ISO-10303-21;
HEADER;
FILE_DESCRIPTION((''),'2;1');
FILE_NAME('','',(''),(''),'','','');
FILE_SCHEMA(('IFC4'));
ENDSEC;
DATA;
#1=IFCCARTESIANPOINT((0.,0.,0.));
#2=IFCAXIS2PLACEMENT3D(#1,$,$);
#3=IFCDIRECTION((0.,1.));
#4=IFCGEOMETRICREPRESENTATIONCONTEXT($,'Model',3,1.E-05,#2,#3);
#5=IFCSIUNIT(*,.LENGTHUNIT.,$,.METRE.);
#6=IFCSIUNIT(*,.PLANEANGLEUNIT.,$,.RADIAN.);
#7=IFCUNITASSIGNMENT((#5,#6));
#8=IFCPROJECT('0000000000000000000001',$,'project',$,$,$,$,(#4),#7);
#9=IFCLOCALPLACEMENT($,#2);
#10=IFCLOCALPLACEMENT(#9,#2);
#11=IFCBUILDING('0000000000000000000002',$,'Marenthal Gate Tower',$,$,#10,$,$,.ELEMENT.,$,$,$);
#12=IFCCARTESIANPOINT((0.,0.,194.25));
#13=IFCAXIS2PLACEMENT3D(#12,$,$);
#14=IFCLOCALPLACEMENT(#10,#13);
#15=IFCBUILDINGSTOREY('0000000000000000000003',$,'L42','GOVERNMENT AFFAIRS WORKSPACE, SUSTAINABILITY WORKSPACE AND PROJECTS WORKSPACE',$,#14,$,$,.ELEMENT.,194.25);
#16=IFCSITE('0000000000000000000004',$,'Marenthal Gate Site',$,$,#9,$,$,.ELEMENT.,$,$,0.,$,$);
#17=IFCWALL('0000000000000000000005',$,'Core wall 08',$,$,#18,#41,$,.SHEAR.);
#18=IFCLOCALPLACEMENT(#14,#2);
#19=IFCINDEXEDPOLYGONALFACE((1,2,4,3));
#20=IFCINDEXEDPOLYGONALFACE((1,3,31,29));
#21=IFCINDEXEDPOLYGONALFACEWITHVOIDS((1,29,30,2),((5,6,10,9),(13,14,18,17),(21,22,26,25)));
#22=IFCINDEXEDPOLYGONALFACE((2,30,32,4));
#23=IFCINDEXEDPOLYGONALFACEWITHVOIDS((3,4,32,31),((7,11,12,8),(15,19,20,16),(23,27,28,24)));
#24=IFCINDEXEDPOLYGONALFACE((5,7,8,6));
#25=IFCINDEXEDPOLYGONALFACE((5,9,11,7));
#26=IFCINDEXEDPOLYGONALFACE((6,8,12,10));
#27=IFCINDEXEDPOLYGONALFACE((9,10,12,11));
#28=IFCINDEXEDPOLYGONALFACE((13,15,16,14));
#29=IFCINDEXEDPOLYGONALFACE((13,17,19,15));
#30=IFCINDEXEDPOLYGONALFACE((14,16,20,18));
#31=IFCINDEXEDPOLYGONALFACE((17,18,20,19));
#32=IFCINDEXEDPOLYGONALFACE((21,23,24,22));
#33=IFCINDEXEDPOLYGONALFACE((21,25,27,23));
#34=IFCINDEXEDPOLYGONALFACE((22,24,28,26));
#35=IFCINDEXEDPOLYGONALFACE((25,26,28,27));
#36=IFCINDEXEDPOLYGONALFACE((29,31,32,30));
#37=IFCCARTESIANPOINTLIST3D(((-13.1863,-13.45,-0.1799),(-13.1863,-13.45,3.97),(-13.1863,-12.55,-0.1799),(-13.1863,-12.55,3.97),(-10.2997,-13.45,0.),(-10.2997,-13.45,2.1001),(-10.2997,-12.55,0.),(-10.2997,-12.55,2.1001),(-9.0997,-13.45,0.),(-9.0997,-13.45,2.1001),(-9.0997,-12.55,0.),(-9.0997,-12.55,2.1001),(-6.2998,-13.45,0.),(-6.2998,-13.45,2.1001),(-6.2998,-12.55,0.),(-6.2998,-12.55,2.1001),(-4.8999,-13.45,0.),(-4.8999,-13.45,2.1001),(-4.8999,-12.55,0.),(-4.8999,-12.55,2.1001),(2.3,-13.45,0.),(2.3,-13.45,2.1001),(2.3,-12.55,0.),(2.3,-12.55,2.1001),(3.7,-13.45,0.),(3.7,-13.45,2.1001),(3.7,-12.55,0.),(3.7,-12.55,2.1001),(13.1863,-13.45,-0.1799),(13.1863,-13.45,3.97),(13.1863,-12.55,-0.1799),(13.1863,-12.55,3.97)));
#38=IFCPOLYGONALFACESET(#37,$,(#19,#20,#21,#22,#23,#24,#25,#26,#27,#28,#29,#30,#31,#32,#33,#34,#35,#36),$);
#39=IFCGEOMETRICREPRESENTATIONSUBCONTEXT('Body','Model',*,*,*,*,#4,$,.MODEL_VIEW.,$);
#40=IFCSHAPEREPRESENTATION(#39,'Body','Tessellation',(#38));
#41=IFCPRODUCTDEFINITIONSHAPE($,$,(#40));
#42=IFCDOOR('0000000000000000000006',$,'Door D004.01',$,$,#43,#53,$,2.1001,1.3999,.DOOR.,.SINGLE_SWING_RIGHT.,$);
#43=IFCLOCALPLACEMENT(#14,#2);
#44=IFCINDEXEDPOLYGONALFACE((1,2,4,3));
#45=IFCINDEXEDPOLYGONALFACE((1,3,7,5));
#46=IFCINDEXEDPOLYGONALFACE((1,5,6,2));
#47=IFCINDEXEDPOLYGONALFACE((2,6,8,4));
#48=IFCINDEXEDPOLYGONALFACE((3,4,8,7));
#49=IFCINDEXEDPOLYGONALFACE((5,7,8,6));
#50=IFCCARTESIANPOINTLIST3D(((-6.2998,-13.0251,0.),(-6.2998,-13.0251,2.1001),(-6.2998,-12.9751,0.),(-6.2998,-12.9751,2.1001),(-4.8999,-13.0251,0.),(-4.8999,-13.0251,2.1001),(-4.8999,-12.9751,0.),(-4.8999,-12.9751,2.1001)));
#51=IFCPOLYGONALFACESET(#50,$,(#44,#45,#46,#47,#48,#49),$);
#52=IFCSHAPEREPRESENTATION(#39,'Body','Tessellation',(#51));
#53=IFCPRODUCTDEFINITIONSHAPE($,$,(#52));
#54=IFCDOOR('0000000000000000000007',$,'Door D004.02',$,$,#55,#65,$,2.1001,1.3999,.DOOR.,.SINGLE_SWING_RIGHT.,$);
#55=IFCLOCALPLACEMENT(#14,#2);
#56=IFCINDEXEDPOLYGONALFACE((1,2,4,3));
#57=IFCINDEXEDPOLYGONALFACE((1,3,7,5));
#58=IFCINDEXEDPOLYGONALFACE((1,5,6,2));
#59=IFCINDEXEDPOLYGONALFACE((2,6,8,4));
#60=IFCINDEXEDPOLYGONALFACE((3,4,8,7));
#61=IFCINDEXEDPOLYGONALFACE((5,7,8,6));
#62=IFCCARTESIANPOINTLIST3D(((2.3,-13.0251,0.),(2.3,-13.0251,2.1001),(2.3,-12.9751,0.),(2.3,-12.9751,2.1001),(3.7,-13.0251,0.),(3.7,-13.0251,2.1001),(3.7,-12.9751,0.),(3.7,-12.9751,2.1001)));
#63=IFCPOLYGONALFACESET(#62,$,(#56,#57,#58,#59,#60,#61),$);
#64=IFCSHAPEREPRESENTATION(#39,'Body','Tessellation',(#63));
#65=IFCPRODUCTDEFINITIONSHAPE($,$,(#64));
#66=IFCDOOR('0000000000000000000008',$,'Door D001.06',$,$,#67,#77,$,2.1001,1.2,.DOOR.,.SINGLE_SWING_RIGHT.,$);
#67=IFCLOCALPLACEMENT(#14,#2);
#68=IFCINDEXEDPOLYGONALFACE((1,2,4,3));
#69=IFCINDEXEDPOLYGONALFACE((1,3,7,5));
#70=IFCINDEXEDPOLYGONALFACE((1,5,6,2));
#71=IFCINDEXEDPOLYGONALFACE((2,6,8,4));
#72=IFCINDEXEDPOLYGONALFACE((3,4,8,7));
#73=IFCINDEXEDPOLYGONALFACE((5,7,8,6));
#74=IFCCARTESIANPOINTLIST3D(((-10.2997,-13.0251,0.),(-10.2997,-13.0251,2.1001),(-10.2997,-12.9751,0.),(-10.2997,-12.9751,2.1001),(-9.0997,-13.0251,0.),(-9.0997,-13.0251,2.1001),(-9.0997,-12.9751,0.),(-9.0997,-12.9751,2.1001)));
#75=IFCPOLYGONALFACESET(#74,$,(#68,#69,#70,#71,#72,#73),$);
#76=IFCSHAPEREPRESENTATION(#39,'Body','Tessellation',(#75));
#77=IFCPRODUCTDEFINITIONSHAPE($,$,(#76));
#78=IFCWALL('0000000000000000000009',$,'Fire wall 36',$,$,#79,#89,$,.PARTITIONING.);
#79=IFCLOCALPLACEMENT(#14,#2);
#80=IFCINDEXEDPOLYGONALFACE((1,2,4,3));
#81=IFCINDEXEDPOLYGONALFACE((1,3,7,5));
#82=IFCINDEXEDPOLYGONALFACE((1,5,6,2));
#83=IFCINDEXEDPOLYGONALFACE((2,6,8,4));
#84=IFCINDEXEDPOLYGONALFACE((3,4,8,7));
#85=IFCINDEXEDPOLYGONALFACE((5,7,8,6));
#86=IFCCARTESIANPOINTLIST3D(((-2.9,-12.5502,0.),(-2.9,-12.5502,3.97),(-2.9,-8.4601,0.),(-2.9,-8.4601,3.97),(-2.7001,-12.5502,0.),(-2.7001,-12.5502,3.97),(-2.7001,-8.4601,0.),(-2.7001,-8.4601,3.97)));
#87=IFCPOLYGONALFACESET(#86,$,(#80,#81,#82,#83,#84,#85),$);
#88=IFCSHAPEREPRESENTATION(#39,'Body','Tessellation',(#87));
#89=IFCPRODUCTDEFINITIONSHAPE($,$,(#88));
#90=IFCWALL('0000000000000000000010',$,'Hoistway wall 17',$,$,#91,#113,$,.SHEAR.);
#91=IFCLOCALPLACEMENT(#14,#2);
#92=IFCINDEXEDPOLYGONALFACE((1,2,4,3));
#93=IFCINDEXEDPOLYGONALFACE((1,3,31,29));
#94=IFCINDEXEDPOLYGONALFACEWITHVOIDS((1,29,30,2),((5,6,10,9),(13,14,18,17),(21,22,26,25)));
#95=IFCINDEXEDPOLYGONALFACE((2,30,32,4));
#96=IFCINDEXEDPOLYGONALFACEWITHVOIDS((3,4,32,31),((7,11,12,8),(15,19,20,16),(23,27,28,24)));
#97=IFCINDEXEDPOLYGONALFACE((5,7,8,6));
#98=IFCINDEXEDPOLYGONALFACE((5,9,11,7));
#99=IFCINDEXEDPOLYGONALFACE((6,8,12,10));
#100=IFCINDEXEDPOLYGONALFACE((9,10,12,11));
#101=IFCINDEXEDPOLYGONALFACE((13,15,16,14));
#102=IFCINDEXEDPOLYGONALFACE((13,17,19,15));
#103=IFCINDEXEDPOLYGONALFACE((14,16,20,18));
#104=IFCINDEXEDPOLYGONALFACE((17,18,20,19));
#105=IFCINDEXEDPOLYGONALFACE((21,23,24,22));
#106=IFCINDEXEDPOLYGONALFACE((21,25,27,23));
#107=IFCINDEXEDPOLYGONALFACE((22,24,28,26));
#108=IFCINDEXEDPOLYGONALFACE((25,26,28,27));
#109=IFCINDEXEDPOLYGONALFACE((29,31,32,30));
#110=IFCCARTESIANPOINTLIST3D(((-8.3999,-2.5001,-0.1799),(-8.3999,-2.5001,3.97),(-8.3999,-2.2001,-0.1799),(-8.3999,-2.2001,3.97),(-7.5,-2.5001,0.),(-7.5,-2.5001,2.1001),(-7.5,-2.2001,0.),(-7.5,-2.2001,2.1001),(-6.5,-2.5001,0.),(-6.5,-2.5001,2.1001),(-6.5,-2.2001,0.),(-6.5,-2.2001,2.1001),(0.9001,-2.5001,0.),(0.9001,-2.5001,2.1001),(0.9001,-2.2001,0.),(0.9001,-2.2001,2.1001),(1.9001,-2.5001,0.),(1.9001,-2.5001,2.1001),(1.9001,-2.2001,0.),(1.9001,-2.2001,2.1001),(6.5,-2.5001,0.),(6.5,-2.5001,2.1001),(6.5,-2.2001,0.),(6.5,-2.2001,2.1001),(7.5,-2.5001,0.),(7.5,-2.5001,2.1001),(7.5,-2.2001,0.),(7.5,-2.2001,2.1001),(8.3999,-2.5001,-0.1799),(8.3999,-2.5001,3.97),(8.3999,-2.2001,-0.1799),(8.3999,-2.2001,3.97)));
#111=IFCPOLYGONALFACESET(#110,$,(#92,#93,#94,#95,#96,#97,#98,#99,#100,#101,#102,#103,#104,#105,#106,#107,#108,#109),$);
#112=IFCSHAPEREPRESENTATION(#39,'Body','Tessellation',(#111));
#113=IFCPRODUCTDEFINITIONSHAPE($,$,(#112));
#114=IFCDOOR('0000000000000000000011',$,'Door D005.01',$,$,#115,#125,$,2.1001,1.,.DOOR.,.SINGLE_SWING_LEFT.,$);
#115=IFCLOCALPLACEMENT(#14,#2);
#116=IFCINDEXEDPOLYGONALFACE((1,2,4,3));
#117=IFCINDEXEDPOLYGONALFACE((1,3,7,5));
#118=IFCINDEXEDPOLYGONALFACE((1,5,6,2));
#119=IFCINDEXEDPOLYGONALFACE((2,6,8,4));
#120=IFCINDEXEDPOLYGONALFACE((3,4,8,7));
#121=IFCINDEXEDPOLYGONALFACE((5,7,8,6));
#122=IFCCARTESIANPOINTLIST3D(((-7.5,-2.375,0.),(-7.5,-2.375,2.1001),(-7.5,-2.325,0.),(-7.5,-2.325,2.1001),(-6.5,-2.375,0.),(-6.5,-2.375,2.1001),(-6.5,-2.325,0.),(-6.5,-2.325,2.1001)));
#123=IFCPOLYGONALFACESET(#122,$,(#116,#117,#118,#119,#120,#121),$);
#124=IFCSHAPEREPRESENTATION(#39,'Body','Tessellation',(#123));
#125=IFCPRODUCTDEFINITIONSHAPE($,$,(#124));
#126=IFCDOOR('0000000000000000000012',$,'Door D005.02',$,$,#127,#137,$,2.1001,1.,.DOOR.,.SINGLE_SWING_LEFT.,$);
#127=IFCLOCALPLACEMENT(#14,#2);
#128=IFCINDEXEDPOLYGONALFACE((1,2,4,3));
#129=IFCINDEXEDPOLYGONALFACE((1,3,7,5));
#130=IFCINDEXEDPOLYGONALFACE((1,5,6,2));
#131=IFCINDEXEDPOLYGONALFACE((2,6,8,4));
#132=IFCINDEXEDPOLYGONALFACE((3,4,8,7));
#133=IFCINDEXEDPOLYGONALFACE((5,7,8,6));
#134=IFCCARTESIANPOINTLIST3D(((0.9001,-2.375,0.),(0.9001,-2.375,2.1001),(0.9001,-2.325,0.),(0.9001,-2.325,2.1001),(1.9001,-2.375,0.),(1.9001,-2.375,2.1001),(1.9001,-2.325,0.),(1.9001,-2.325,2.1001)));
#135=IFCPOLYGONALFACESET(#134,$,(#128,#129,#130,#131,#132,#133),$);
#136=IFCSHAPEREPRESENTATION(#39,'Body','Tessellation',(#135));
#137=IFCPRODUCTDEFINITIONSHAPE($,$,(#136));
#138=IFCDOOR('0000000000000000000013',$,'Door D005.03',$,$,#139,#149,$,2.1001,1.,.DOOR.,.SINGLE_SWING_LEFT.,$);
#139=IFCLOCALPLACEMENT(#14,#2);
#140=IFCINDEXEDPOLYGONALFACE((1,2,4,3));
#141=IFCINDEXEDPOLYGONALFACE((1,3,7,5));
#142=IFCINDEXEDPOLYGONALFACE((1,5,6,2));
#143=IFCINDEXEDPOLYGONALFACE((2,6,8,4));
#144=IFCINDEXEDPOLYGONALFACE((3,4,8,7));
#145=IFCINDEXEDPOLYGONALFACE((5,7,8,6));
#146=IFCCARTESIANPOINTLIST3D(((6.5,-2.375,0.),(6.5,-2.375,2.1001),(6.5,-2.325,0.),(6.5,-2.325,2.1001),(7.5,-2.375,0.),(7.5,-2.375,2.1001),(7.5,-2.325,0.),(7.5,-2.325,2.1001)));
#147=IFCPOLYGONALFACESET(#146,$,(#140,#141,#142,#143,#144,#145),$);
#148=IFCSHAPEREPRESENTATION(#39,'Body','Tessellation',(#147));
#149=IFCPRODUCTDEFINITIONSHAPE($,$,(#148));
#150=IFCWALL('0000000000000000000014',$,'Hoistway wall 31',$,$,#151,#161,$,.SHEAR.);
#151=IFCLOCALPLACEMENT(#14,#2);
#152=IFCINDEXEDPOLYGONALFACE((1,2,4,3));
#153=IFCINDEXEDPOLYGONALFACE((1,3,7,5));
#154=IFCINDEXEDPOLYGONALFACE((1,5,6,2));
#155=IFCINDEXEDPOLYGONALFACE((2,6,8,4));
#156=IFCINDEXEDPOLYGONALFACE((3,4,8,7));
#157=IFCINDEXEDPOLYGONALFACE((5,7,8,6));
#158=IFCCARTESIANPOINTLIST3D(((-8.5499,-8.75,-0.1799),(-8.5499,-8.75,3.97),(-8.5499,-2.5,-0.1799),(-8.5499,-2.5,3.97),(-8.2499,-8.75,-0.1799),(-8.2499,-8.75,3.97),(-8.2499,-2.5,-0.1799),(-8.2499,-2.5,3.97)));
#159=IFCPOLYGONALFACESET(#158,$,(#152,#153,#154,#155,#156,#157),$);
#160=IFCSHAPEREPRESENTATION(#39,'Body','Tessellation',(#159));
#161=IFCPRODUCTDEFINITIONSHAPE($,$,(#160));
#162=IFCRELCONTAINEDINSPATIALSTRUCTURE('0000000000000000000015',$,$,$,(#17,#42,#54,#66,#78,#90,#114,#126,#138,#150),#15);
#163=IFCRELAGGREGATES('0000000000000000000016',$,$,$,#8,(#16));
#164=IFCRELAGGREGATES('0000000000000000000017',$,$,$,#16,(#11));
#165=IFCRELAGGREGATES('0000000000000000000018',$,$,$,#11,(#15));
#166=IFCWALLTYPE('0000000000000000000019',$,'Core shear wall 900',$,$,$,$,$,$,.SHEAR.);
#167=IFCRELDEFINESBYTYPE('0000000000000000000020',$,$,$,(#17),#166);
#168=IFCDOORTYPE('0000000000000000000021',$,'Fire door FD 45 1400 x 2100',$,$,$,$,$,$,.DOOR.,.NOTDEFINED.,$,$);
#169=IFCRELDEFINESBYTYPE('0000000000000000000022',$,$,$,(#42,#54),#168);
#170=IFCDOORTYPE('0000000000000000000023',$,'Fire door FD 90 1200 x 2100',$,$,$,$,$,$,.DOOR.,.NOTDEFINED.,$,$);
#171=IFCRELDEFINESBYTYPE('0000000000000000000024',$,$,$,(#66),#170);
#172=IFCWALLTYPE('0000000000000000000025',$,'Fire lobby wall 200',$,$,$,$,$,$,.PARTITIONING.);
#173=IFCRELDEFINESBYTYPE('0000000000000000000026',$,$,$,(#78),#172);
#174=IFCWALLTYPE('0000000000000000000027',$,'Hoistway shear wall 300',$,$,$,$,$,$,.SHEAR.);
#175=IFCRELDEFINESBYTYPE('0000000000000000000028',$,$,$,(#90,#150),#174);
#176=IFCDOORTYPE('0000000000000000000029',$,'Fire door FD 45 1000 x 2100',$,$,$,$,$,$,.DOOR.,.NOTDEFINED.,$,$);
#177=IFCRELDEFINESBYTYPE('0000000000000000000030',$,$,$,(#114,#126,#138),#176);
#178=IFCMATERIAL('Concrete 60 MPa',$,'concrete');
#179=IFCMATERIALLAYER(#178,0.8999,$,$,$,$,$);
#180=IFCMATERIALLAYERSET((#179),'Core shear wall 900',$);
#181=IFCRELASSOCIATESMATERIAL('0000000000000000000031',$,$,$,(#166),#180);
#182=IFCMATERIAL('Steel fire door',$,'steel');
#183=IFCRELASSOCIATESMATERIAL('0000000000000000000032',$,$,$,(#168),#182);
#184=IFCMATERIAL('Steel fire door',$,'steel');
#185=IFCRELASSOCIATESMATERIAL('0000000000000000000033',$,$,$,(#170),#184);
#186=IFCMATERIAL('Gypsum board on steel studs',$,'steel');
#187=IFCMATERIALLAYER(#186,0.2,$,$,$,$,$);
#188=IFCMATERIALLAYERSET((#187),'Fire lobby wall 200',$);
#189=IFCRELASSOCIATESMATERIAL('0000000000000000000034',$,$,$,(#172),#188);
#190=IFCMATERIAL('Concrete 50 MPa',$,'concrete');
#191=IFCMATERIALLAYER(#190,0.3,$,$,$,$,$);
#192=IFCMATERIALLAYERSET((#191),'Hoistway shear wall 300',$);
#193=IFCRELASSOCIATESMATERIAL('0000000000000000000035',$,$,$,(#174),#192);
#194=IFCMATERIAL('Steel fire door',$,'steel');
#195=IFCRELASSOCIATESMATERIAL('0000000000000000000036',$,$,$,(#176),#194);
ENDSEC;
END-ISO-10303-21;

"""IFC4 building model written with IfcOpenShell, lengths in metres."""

from ifc_helpers import new_model, si_unit, direction, frame, frame_2d, origin, place, context, subcontext, project, spatial, rectangle, extrude, material, layer, layer_set, type_object, element, fill, save


model = new_model("IFC4")

# Units and contexts
model_context = context("Model", 3, precision=1e-05, world=origin(), true_north=direction((0.0, 1.0)))
body_context = subcontext(model_context, "Body", "Model", "MODEL_VIEW")
ifc_project = project(units=[si_unit("LENGTHUNIT", "METRE"), si_unit("PLANEANGLEUNIT", "RADIAN")], contexts=[model_context])

# Site, building, storey
site_placement = place(None, origin())
site = spatial("IfcSite", under=ifc_project, at=site_placement, Name="Marenthal Gate Site", CompositionType="ELEMENT", RefElevation=0.0)
building_placement = place(site_placement, origin())
building = spatial("IfcBuilding", under=site, at=building_placement, Name="Marenthal Gate Tower", CompositionType="ELEMENT")
storey_placement = place(building_placement, frame((0.0, 0.0, 194.25)))
storey = spatial("IfcBuildingStorey", under=building, at=storey_placement, Name="L42", Description="GOVERNMENT AFFAIRS WORKSPACE, SUSTAINABILITY WORKSPACE AND PROJECTS WORKSPACE", CompositionType="ELEMENT", Elevation=194.25)

# Wall, openings, doors
ifc_material_1 = material(Name="Concrete 60 MPa", Category="concrete")
ifc_layer_1 = layer(ifc_material_1, 0.8999)
ifc_layer_set_1 = layer_set([ifc_layer_1], Name="Core shear wall 900")
wall_type_1 = type_object("IfcWallType", Name="Core shear wall 900", PredefinedType="SHEAR", material=ifc_layer_set_1)
wall_1_placement = place(storey_placement, frame((-13.1863, -13.0, -0.1799), z_axis=(0.0, 0.0, 1.0), x_axis=(1.0, 0.0, 0.0)))
wall_1 = element("IfcWall", 1, at=wall_1_placement, inside=storey, type_object=wall_type_1, Name="Core wall 08", PredefinedType="SHEAR", context=body_context, shape_type="SweptSolid", body=[
    extrude(rectangle(XDim=26.3726, YDim=0.8999, at=frame_2d((13.1863, 0.0))), origin(), (0.0, 0.0, 1.0), 4.1499),
])
opening_1_placement = place(wall_1_placement, frame((2.8865, 0.0, 0.1799)))
opening_1 = element("IfcOpeningElement", 2, at=opening_1_placement, cuts=wall_1, PredefinedType="OPENING", context=body_context, shape_type="SweptSolid", body=[
    extrude(rectangle(XDim=1.2, YDim=2.1001, at=frame_2d((0.6001, 1.05))), frame((0.0, 0.46, 0.0), z_axis=(0.0, -1.0, 0.0), x_axis=(1.0, 0.0, 0.0)), (0.0, 0.0, 1.0), 0.9199),
])
opening_2_placement = place(wall_1_placement, frame((6.8865, 0.0, 0.1799)))
opening_2 = element("IfcOpeningElement", 3, at=opening_2_placement, cuts=wall_1, PredefinedType="OPENING", context=body_context, shape_type="SweptSolid", body=[
    extrude(rectangle(XDim=1.3999, YDim=2.1001, at=frame_2d((0.7, 1.05))), frame((0.0, 0.46, 0.0), z_axis=(0.0, -1.0, 0.0), x_axis=(1.0, 0.0, 0.0)), (0.0, 0.0, 1.0), 0.9199),
])
opening_3_placement = place(wall_1_placement, frame((15.4863, 0.0, 0.1799)))
opening_3 = element("IfcOpeningElement", 4, at=opening_3_placement, cuts=wall_1, PredefinedType="OPENING", context=body_context, shape_type="SweptSolid", body=[
    extrude(rectangle(XDim=1.3999, YDim=2.1001, at=frame_2d((0.7, 1.05))), frame((0.0, 0.46, 0.0), z_axis=(0.0, -1.0, 0.0), x_axis=(1.0, 0.0, 0.0)), (0.0, 0.0, 1.0), 0.9199),
])
ifc_material_2 = material(Name="Steel fire door", Category="steel")
door_type_1 = type_object("IfcDoorType", Name="Fire door FD 45 1400 x 2100", OperationType="NOTDEFINED", PredefinedType="DOOR", material=ifc_material_2)
door_1_placement = place(opening_2_placement, origin())
door_1 = element("IfcDoor", 5, at=door_1_placement, inside=storey, type_object=door_type_1, Name="Door D004.01", OperationType="SINGLE_SWING_RIGHT", OverallHeight=2.1001, OverallWidth=1.3999, PredefinedType="DOOR", context=body_context, shape_type="SweptSolid", body=[
    extrude(rectangle(XDim=1.3999, YDim=2.1001, at=frame_2d((0.7, 1.05))), frame((0.0, 0.0249, 0.0), z_axis=(0.0, -1.0, 0.0), x_axis=(1.0, 0.0, 0.0)), (0.0, 0.0, 1.0), 0.05),
])
fill(opening_2, door_1)
door_2_placement = place(opening_3_placement, origin())
door_2 = element("IfcDoor", 6, at=door_2_placement, inside=storey, type_object=door_type_1, Name="Door D004.02", OperationType="SINGLE_SWING_RIGHT", OverallHeight=2.1001, OverallWidth=1.3999, PredefinedType="DOOR", context=body_context, shape_type="SweptSolid", body=[
    extrude(rectangle(XDim=1.3999, YDim=2.1001, at=frame_2d((0.7, 1.05))), frame((0.0, 0.0249, 0.0), z_axis=(0.0, -1.0, 0.0), x_axis=(1.0, 0.0, 0.0)), (0.0, 0.0, 1.0), 0.05),
])
fill(opening_3, door_2)
ifc_material_3 = material(Name="Steel fire door", Category="steel")
door_type_2 = type_object("IfcDoorType", Name="Fire door FD 90 1200 x 2100", OperationType="NOTDEFINED", PredefinedType="DOOR", material=ifc_material_3)
door_3_placement = place(opening_1_placement, origin())
door_3 = element("IfcDoor", 7, at=door_3_placement, inside=storey, type_object=door_type_2, Name="Door D001.06", OperationType="SINGLE_SWING_RIGHT", OverallHeight=2.1001, OverallWidth=1.2, PredefinedType="DOOR", context=body_context, shape_type="SweptSolid", body=[
    extrude(rectangle(XDim=1.2, YDim=2.1001, at=frame_2d((0.6001, 1.05))), frame((0.0, 0.0249, 0.0), z_axis=(0.0, -1.0, 0.0), x_axis=(1.0, 0.0, 0.0)), (0.0, 0.0, 1.0), 0.05),
])
fill(opening_1, door_3)

# Wall
ifc_material_4 = material(Name="Gypsum board on steel studs", Category="steel")
ifc_layer_2 = layer(ifc_material_4, 0.2)
ifc_layer_set_2 = layer_set([ifc_layer_2], Name="Fire lobby wall 200")
wall_type_2 = type_object("IfcWallType", Name="Fire lobby wall 200", PredefinedType="PARTITIONING", material=ifc_layer_set_2)
wall_2_placement = place(storey_placement, frame((-2.8, -12.55, 0.0), z_axis=(0.0, 0.0, 1.0), x_axis=(0.0, 1.0, 0.0)))
element("IfcWall", 8, at=wall_2_placement, inside=storey, type_object=wall_type_2, Name="Fire wall 36", PredefinedType="PARTITIONING", context=body_context, shape_type="SweptSolid", body=[
    extrude(rectangle(XDim=4.0901, YDim=0.2, at=frame_2d((2.0449, 0.0))), origin(), (0.0, 0.0, 1.0), 3.97),
])

# Wall, openings, doors
ifc_material_5 = material(Name="Concrete 50 MPa", Category="concrete")
ifc_layer_3 = layer(ifc_material_5, 0.3)
ifc_layer_set_3 = layer_set([ifc_layer_3], Name="Hoistway shear wall 300")
wall_type_3 = type_object("IfcWallType", Name="Hoistway shear wall 300", PredefinedType="SHEAR", material=ifc_layer_set_3)
wall_3_placement = place(storey_placement, frame((-8.3999, -2.3501, -0.1799), z_axis=(0.0, 0.0, 1.0), x_axis=(1.0, 0.0, 0.0)))
wall_3 = element("IfcWall", 9, at=wall_3_placement, inside=storey, type_object=wall_type_3, Name="Hoistway wall 17", PredefinedType="SHEAR", context=body_context, shape_type="SweptSolid", body=[
    extrude(rectangle(XDim=16.7998, YDim=0.3, at=frame_2d((8.3999, 0.0))), origin(), (0.0, 0.0, 1.0), 4.1499),
])
opening_4_placement = place(wall_3_placement, frame((0.8999, 0.0, 0.1799)))
opening_4 = element("IfcOpeningElement", 10, at=opening_4_placement, cuts=wall_3, PredefinedType="OPENING", context=body_context, shape_type="SweptSolid", body=[
    extrude(rectangle(XDim=1.0, YDim=2.1001, at=frame_2d((0.5, 1.05))), frame((0.0, 0.1602, 0.0), z_axis=(0.0, -1.0, 0.0), x_axis=(1.0, 0.0, 0.0)), (0.0, 0.0, 1.0), 0.3201),
])
opening_5_placement = place(wall_3_placement, frame((9.3, 0.0, 0.1799)))
opening_5 = element("IfcOpeningElement", 11, at=opening_5_placement, cuts=wall_3, PredefinedType="OPENING", context=body_context, shape_type="SweptSolid", body=[
    extrude(rectangle(XDim=1.0, YDim=2.1001, at=frame_2d((0.5, 1.05))), frame((0.0, 0.1602, 0.0), z_axis=(0.0, -1.0, 0.0), x_axis=(1.0, 0.0, 0.0)), (0.0, 0.0, 1.0), 0.3201),
])
opening_6_placement = place(wall_3_placement, frame((14.8999, 0.0, 0.1799)))
opening_6 = element("IfcOpeningElement", 12, at=opening_6_placement, cuts=wall_3, PredefinedType="OPENING", context=body_context, shape_type="SweptSolid", body=[
    extrude(rectangle(XDim=1.0, YDim=2.1001, at=frame_2d((0.5, 1.05))), frame((0.0, 0.1602, 0.0), z_axis=(0.0, -1.0, 0.0), x_axis=(1.0, 0.0, 0.0)), (0.0, 0.0, 1.0), 0.3201),
])
ifc_material_6 = material(Name="Steel fire door", Category="steel")
door_type_3 = type_object("IfcDoorType", Name="Fire door FD 45 1000 x 2100", OperationType="NOTDEFINED", PredefinedType="DOOR", material=ifc_material_6)
door_4_placement = place(opening_4_placement, frame((1.0, 0.0, 0.0), z_axis=(0.0, 0.0, 1.0), x_axis=(-1.0, 0.0, 0.0)))
door_4 = element("IfcDoor", 13, at=door_4_placement, inside=storey, type_object=door_type_3, Name="Door D005.01", OperationType="SINGLE_SWING_LEFT", OverallHeight=2.1001, OverallWidth=1.0, PredefinedType="DOOR", context=body_context, shape_type="SweptSolid", body=[
    extrude(rectangle(XDim=1.0, YDim=2.1001, at=frame_2d((0.5, 1.05))), frame((0.0, 0.0249, 0.0), z_axis=(0.0, -1.0, 0.0), x_axis=(1.0, 0.0, 0.0)), (0.0, 0.0, 1.0), 0.05),
])
fill(opening_4, door_4)
door_5_placement = place(opening_5_placement, frame((1.0, 0.0, 0.0), z_axis=(0.0, 0.0, 1.0), x_axis=(-1.0, 0.0, 0.0)))
door_5 = element("IfcDoor", 14, at=door_5_placement, inside=storey, type_object=door_type_3, Name="Door D005.02", OperationType="SINGLE_SWING_LEFT", OverallHeight=2.1001, OverallWidth=1.0, PredefinedType="DOOR", context=body_context, shape_type="SweptSolid", body=[
    extrude(rectangle(XDim=1.0, YDim=2.1001, at=frame_2d((0.5, 1.05))), frame((0.0, 0.0249, 0.0), z_axis=(0.0, -1.0, 0.0), x_axis=(1.0, 0.0, 0.0)), (0.0, 0.0, 1.0), 0.05),
])
fill(opening_5, door_5)
door_6_placement = place(opening_6_placement, frame((1.0, 0.0, 0.0), z_axis=(0.0, 0.0, 1.0), x_axis=(-1.0, 0.0, 0.0)))
door_6 = element("IfcDoor", 15, at=door_6_placement, inside=storey, type_object=door_type_3, Name="Door D005.03", OperationType="SINGLE_SWING_LEFT", OverallHeight=2.1001, OverallWidth=1.0, PredefinedType="DOOR", context=body_context, shape_type="SweptSolid", body=[
    extrude(rectangle(XDim=1.0, YDim=2.1001, at=frame_2d((0.5, 1.05))), frame((0.0, 0.0249, 0.0), z_axis=(0.0, -1.0, 0.0), x_axis=(1.0, 0.0, 0.0)), (0.0, 0.0, 1.0), 0.05),
])
fill(opening_6, door_6)

# Wall
wall_4_placement = place(storey_placement, frame((-8.3999, -8.75, -0.1799), z_axis=(0.0, 0.0, 1.0), x_axis=(0.0, 1.0, 0.0)))
element("IfcWall", 16, at=wall_4_placement, inside=storey, type_object=wall_type_3, Name="Hoistway wall 31", PredefinedType="SHEAR", context=body_context, shape_type="SweptSolid", body=[
    extrude(rectangle(XDim=6.25, YDim=0.3, at=frame_2d((3.125, 0.0))), origin(), (0.0, 0.0, 1.0), 4.1499),
])

save(model, "model.ifc")
